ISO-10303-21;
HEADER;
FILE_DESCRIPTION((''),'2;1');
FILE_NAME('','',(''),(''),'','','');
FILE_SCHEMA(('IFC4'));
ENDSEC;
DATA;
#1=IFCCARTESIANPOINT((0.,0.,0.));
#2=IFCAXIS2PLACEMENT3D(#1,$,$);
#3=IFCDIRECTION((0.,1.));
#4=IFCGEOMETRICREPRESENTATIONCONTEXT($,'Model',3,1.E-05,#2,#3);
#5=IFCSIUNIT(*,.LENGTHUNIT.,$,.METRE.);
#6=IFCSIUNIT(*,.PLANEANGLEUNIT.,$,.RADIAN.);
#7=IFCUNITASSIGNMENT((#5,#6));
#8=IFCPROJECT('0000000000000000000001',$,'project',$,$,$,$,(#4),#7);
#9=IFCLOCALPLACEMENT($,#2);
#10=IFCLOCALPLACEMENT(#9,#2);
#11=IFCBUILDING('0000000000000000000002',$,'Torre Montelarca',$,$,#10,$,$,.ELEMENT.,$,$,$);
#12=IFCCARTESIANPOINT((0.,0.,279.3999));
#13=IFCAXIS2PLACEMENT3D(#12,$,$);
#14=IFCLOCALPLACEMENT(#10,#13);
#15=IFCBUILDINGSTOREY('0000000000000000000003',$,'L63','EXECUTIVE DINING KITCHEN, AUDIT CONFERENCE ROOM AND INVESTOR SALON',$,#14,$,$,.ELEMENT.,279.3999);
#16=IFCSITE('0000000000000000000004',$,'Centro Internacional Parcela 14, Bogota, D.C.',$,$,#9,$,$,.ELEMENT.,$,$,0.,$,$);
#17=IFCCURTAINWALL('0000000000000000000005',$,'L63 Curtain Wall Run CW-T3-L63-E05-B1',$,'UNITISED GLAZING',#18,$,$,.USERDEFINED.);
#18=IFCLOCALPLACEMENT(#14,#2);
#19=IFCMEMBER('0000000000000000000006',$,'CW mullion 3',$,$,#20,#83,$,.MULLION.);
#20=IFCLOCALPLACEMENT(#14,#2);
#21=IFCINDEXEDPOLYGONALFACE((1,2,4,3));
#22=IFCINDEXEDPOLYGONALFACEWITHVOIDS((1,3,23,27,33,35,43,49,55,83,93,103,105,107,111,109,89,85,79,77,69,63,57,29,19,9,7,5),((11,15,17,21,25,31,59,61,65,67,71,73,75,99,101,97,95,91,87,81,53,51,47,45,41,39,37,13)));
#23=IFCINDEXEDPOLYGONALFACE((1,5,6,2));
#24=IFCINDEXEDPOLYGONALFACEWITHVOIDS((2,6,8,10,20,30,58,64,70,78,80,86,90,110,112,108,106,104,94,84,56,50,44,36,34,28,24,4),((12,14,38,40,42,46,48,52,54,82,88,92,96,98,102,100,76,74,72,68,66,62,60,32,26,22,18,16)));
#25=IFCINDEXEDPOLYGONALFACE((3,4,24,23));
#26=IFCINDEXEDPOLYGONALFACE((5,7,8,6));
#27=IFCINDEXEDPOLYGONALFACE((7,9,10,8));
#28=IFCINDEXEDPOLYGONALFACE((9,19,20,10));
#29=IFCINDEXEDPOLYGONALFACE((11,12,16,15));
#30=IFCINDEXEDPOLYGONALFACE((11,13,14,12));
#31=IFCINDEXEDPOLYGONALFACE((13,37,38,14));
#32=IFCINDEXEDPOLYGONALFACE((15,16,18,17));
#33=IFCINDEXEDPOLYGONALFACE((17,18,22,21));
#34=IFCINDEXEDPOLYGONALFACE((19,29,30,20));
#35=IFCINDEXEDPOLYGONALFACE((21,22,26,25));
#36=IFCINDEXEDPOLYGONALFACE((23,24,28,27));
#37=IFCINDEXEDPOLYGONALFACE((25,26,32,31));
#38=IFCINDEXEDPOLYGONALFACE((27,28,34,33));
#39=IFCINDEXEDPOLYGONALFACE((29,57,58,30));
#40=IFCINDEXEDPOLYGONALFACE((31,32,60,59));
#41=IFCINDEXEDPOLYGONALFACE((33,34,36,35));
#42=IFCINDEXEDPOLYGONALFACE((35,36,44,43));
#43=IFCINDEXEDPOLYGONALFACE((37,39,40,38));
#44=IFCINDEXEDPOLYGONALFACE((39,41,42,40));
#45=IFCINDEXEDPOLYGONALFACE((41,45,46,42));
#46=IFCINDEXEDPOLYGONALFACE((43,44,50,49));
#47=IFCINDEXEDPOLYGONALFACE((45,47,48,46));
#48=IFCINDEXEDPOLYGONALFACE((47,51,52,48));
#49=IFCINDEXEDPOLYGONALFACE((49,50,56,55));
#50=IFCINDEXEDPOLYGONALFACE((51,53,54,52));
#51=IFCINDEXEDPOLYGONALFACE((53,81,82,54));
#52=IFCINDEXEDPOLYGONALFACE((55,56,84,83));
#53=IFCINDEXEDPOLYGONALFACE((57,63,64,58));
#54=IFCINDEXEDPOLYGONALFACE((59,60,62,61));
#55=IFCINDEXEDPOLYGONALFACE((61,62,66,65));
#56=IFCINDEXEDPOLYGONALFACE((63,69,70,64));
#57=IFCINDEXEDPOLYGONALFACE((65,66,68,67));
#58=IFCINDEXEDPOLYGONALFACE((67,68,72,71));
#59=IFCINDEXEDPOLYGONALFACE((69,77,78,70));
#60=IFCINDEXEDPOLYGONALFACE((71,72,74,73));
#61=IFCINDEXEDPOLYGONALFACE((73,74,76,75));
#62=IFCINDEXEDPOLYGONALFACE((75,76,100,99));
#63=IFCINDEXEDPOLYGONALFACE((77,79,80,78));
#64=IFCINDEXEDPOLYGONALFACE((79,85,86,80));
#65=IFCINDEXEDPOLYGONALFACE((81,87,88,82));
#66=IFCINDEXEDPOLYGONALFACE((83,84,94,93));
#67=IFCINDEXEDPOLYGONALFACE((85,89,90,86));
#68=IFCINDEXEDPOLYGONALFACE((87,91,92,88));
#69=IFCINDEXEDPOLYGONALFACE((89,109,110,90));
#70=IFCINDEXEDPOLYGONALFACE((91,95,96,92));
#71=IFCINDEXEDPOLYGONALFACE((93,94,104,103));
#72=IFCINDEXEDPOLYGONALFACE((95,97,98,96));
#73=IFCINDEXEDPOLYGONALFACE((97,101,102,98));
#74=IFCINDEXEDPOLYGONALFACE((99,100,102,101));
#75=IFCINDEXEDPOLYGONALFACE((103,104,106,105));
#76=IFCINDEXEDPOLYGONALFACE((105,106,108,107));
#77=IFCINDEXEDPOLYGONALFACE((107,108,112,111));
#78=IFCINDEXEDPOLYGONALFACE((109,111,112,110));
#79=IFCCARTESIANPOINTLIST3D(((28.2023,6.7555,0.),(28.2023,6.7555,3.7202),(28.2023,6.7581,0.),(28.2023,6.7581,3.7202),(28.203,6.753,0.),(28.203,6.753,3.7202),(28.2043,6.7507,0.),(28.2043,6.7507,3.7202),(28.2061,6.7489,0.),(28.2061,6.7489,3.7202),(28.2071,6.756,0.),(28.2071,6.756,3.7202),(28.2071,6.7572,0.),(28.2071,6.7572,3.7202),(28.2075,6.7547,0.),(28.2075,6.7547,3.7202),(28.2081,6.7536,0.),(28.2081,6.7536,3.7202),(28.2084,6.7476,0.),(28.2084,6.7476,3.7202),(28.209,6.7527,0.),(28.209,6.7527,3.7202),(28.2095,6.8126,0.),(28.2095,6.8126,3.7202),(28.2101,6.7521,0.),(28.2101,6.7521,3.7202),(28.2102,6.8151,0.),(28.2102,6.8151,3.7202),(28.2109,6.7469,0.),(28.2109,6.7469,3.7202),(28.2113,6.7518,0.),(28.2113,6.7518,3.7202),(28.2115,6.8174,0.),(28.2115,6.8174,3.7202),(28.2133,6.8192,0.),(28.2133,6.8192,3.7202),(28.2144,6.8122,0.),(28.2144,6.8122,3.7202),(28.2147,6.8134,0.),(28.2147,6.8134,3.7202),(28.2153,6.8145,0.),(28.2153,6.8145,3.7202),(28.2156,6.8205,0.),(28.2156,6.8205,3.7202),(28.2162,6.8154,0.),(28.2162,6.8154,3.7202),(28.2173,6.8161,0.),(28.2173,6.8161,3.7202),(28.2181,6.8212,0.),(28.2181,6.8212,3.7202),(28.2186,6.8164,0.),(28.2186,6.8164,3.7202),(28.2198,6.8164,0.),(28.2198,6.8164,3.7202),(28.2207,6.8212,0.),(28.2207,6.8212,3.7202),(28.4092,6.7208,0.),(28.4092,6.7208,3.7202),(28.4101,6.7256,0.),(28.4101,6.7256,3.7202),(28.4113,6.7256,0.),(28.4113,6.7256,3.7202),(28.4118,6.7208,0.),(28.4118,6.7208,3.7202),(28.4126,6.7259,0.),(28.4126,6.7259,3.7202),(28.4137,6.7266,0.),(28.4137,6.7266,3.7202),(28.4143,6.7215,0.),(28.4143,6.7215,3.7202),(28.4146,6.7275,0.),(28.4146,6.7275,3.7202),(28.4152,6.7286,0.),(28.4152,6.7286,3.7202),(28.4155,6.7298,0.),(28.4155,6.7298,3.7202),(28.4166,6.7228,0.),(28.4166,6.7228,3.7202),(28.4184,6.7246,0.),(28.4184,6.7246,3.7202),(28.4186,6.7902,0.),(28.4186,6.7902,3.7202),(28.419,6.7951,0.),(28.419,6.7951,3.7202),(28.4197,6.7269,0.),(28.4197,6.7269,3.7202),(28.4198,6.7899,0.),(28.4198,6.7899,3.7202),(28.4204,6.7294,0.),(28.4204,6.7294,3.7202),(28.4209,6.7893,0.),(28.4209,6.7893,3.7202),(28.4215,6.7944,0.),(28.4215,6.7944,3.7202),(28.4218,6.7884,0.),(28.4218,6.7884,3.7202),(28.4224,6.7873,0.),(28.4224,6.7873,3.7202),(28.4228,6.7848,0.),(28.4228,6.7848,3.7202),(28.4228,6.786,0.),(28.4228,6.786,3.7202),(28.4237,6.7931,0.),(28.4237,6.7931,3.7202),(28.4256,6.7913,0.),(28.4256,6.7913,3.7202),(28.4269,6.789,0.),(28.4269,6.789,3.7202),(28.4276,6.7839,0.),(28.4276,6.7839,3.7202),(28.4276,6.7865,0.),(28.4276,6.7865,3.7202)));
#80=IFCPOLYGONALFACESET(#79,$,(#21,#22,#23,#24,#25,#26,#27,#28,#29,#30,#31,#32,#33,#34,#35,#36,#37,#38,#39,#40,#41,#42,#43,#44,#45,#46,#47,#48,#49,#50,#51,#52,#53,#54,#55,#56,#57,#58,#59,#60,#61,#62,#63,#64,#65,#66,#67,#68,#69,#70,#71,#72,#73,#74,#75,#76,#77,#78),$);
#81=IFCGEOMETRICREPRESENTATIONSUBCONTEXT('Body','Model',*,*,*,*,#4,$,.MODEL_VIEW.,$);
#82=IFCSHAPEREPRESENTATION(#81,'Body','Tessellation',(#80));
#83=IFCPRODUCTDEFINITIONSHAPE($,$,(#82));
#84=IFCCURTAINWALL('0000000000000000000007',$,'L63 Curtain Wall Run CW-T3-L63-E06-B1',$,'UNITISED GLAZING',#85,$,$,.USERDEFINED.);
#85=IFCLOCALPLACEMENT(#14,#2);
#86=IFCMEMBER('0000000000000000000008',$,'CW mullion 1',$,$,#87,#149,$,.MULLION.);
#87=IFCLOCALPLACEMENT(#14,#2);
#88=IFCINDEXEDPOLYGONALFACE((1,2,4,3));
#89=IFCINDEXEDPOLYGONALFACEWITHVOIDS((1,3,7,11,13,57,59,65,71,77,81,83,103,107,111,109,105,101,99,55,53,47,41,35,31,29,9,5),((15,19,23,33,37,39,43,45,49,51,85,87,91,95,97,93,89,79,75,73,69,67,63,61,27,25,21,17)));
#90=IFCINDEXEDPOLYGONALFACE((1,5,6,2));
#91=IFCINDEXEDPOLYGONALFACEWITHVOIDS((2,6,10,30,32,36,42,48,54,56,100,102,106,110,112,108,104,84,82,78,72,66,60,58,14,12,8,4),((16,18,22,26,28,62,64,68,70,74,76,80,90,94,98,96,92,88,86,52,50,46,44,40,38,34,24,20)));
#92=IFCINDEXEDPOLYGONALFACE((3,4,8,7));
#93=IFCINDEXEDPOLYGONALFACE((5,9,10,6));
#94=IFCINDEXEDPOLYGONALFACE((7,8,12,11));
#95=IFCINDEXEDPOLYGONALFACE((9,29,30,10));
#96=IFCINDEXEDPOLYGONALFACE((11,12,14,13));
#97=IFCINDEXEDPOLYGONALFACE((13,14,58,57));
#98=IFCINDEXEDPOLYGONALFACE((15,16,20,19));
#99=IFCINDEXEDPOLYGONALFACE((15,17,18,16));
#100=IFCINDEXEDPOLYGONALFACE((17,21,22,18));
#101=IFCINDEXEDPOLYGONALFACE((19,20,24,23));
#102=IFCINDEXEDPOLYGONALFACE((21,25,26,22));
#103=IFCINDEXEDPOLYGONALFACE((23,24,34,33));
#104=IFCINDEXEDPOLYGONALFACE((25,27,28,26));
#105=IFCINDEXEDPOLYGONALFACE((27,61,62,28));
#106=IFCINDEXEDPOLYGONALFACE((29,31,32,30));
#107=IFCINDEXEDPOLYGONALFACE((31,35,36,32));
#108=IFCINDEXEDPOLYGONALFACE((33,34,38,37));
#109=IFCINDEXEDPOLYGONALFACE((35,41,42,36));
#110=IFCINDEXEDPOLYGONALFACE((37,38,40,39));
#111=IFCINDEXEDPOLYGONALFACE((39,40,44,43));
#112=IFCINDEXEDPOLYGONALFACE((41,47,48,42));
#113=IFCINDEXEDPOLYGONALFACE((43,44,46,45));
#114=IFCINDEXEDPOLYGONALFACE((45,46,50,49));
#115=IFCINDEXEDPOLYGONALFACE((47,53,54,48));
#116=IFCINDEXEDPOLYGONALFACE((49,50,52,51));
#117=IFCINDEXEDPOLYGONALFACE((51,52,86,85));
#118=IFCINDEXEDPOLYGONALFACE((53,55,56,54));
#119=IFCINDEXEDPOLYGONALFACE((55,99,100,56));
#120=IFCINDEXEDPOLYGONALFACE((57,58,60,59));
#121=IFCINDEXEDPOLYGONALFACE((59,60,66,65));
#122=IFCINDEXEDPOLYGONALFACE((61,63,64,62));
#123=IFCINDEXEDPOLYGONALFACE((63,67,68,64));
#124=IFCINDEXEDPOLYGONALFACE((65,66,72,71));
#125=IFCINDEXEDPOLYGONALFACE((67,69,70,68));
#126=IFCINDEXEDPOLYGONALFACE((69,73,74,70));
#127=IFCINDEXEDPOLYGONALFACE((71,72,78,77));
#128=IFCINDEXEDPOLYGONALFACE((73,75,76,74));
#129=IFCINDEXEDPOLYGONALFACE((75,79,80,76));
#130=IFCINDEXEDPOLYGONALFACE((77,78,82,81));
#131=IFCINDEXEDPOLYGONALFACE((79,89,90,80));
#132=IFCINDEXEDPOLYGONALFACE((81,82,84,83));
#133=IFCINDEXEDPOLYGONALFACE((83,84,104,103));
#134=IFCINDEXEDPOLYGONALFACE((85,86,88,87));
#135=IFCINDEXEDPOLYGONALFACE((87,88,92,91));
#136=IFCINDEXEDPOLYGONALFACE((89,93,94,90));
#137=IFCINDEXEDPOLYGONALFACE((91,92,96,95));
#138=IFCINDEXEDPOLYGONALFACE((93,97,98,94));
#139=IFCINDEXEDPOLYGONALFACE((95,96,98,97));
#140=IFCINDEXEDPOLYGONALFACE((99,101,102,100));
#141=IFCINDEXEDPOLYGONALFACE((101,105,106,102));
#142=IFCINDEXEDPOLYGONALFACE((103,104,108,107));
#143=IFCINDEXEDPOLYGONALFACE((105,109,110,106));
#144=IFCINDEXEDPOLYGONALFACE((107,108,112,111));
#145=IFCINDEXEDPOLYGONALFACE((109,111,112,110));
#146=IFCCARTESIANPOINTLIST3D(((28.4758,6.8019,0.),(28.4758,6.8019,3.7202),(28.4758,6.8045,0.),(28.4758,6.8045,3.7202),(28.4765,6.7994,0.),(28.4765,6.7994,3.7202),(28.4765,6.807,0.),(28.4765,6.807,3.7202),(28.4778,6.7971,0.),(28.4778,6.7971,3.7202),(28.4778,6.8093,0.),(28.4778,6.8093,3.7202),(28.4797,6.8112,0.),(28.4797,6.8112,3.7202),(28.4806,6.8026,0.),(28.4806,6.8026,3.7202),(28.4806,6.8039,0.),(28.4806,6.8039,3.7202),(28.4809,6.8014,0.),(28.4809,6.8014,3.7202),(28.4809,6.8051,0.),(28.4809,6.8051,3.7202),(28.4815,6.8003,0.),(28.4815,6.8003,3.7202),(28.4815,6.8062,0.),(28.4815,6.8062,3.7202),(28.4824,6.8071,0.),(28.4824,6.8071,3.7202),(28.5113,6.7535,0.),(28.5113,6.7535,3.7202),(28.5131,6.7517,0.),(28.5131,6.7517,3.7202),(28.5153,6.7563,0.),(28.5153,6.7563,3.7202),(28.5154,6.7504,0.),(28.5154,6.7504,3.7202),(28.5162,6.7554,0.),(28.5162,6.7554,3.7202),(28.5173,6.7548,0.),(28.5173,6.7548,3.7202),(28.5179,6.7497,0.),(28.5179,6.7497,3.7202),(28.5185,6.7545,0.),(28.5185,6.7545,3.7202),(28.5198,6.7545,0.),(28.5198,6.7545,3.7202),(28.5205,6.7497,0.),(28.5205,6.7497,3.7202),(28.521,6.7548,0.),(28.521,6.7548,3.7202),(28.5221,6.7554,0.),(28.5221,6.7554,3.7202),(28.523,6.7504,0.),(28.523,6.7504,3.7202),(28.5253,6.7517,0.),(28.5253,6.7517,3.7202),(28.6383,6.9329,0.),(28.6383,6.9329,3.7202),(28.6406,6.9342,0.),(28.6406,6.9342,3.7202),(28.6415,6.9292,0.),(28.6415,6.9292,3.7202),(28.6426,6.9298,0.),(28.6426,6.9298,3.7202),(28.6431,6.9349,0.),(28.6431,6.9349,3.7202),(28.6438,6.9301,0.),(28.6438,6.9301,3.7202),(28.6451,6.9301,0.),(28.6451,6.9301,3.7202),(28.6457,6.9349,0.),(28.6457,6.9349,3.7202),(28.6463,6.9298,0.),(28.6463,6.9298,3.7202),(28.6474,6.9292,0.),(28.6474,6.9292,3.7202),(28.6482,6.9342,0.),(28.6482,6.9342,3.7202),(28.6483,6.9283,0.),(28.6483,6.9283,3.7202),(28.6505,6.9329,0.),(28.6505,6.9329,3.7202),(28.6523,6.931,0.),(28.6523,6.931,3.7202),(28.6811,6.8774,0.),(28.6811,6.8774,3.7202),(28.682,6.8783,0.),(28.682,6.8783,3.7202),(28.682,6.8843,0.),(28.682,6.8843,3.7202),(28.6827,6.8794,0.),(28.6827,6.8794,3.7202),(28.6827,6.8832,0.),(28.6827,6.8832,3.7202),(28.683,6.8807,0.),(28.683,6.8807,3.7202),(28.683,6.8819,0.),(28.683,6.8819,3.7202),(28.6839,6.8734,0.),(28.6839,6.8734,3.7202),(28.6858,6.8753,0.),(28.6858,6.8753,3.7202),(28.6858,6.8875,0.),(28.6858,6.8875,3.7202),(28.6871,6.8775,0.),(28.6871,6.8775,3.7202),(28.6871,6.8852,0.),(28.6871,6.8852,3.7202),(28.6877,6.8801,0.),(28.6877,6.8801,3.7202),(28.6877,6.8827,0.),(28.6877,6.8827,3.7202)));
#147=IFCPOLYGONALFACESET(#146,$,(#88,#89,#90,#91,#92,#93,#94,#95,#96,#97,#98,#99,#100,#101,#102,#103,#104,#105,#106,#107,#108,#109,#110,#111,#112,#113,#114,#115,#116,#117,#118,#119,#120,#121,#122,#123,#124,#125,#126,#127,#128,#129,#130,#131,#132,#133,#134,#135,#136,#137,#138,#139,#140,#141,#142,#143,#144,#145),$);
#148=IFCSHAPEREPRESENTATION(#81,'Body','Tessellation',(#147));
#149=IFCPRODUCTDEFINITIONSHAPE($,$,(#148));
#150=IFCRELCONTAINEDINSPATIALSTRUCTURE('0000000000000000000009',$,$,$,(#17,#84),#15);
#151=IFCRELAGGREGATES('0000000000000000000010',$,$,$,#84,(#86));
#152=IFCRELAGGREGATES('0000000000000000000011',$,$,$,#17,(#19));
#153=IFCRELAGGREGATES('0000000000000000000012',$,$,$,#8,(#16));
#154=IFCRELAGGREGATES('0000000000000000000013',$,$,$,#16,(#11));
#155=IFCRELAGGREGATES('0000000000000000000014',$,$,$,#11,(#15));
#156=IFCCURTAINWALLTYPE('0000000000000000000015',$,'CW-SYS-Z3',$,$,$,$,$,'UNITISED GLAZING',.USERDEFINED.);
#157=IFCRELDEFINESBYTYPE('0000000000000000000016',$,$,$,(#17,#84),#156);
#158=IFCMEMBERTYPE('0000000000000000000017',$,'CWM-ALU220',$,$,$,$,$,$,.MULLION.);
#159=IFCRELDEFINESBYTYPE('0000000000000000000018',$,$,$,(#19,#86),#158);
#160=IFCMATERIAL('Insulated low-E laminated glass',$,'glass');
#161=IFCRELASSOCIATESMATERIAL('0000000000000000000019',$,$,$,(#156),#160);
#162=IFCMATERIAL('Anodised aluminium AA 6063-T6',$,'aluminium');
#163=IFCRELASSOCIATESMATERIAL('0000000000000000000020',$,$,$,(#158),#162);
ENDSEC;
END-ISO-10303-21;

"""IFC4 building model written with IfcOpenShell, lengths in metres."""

from ifc_helpers import new_model, si_unit, direction, frame, origin, origin_2d, place, context, subcontext, project, spatial, hollow_rectangle, extrude, source, transform, mapped, material, material_profile, profile_set, type_object, element, aggregate, save


model = new_model("IFC4")

# Units and contexts
model_context = context("Model", 3, precision=1e-05, world=origin(), true_north=direction((0.0, 1.0)))
body_context = subcontext(model_context, "Body", "Model", "MODEL_VIEW")
ifc_project = project(units=[si_unit("LENGTHUNIT", "METRE"), si_unit("PLANEANGLEUNIT", "RADIAN")], contexts=[model_context])

# Site, building, storey
site_placement = place(None, origin())
site = spatial("IfcSite", under=ifc_project, at=site_placement, Name="Centro Internacional Parcela 14, Bogota, D.C.", CompositionType="ELEMENT", RefElevation=0.0)
building_placement = place(site_placement, origin())
building = spatial("IfcBuilding", under=site, at=building_placement, Name="Torre Montelarca", CompositionType="ELEMENT")
storey_placement = place(building_placement, frame((0.0, 0.0, 279.3999)))
storey = spatial("IfcBuildingStorey", under=building, at=storey_placement, Name="L63", Description="EXECUTIVE DINING KITCHEN, AUDIT CONFERENCE ROOM AND INVESTOR SALON", CompositionType="ELEMENT", Elevation=279.3999)

# Shared definitions
ifc_material_1 = material(Name="Insulated low-E laminated glass", Category="glass")
curtain_wall_type = type_object("IfcCurtainWallType", Name="CW-SYS-Z3", ElementType="UNITISED GLAZING", PredefinedType="USERDEFINED", material=ifc_material_1)
ifc_material_2 = material(Name="Anodised aluminium AA 6063-T6", Category="aluminium")
ifc_material_profile_1 = material_profile(ifc_material_2, hollow_rectangle(XDim=0.075, YDim=0.22, WallThickness=0.0049, InnerFilletRadius=0.0049, OuterFilletRadius=0.01, at=origin_2d()), Name="ALU75X220X5", Category="aluminium")
ifc_profile_set_1 = profile_set([ifc_material_profile_1], Name="Anodised aluminium AA 6063-T6")
member_type_1 = type_object("IfcMemberType", Name="CWM-ALU220", PredefinedType="MULLION", material=ifc_profile_set_1)
shared_shape_1 = source(origin(), body_context, "Body", "SweptSolid", [
    extrude(hollow_rectangle(XDim=0.075, YDim=0.22, WallThickness=0.0049, InnerFilletRadius=0.0049, OuterFilletRadius=0.01, at=origin_2d()), origin(), (0.0, 0.0, 1.0), 3.7202),
])

# Curtain wall, member
curtain_wall_1_placement = place(storey_placement, origin())
curtain_wall_1 = element("IfcCurtainWall", 1, at=curtain_wall_1_placement, inside=storey, type_object=curtain_wall_type, Name="L63 Curtain Wall Run CW-T3-L63-E05-B1", ObjectType="UNITISED GLAZING", PredefinedType="USERDEFINED")
member_1_placement = place(storey_placement, frame((28.3149, 6.771, 0.0), z_axis=(0.0, 0.0, 1.0), x_axis=(0.130514, 0.991446, 0.0)))
member_1 = element("IfcMember", 2, at=member_1_placement, type_object=member_type_1, Name="CW mullion 3", PredefinedType="MULLION", context=body_context, shape_type="MappedRepresentation", body=[
    mapped(shared_shape_1, transform((0.0, 0.0, 0.0), scale=1.0)),
])

# Curtain wall, member
curtain_wall_2_placement = place(storey_placement, origin())
curtain_wall_2 = element("IfcCurtainWall", 3, at=curtain_wall_2_placement, inside=storey, type_object=curtain_wall_type, Name="L63 Curtain Wall Run CW-T3-L63-E06-B1", ObjectType="UNITISED GLAZING", PredefinedType="USERDEFINED")
member_2_placement = place(storey_placement, frame((28.5818, 6.8423, 0.0), z_axis=(0.0, 0.0, 1.0), x_axis=(-0.608763, 0.793352, 0.0)))
member_2 = element("IfcMember", 4, at=member_2_placement, type_object=member_type_1, Name="CW mullion 1", PredefinedType="MULLION", context=body_context, shape_type="MappedRepresentation", body=[
    mapped(shared_shape_1, transform((0.0, 0.0, 0.0), scale=1.0)),
])
aggregate(curtain_wall_2, [member_2])

aggregate(curtain_wall_1, [member_1])

save(model, "model.ifc")
